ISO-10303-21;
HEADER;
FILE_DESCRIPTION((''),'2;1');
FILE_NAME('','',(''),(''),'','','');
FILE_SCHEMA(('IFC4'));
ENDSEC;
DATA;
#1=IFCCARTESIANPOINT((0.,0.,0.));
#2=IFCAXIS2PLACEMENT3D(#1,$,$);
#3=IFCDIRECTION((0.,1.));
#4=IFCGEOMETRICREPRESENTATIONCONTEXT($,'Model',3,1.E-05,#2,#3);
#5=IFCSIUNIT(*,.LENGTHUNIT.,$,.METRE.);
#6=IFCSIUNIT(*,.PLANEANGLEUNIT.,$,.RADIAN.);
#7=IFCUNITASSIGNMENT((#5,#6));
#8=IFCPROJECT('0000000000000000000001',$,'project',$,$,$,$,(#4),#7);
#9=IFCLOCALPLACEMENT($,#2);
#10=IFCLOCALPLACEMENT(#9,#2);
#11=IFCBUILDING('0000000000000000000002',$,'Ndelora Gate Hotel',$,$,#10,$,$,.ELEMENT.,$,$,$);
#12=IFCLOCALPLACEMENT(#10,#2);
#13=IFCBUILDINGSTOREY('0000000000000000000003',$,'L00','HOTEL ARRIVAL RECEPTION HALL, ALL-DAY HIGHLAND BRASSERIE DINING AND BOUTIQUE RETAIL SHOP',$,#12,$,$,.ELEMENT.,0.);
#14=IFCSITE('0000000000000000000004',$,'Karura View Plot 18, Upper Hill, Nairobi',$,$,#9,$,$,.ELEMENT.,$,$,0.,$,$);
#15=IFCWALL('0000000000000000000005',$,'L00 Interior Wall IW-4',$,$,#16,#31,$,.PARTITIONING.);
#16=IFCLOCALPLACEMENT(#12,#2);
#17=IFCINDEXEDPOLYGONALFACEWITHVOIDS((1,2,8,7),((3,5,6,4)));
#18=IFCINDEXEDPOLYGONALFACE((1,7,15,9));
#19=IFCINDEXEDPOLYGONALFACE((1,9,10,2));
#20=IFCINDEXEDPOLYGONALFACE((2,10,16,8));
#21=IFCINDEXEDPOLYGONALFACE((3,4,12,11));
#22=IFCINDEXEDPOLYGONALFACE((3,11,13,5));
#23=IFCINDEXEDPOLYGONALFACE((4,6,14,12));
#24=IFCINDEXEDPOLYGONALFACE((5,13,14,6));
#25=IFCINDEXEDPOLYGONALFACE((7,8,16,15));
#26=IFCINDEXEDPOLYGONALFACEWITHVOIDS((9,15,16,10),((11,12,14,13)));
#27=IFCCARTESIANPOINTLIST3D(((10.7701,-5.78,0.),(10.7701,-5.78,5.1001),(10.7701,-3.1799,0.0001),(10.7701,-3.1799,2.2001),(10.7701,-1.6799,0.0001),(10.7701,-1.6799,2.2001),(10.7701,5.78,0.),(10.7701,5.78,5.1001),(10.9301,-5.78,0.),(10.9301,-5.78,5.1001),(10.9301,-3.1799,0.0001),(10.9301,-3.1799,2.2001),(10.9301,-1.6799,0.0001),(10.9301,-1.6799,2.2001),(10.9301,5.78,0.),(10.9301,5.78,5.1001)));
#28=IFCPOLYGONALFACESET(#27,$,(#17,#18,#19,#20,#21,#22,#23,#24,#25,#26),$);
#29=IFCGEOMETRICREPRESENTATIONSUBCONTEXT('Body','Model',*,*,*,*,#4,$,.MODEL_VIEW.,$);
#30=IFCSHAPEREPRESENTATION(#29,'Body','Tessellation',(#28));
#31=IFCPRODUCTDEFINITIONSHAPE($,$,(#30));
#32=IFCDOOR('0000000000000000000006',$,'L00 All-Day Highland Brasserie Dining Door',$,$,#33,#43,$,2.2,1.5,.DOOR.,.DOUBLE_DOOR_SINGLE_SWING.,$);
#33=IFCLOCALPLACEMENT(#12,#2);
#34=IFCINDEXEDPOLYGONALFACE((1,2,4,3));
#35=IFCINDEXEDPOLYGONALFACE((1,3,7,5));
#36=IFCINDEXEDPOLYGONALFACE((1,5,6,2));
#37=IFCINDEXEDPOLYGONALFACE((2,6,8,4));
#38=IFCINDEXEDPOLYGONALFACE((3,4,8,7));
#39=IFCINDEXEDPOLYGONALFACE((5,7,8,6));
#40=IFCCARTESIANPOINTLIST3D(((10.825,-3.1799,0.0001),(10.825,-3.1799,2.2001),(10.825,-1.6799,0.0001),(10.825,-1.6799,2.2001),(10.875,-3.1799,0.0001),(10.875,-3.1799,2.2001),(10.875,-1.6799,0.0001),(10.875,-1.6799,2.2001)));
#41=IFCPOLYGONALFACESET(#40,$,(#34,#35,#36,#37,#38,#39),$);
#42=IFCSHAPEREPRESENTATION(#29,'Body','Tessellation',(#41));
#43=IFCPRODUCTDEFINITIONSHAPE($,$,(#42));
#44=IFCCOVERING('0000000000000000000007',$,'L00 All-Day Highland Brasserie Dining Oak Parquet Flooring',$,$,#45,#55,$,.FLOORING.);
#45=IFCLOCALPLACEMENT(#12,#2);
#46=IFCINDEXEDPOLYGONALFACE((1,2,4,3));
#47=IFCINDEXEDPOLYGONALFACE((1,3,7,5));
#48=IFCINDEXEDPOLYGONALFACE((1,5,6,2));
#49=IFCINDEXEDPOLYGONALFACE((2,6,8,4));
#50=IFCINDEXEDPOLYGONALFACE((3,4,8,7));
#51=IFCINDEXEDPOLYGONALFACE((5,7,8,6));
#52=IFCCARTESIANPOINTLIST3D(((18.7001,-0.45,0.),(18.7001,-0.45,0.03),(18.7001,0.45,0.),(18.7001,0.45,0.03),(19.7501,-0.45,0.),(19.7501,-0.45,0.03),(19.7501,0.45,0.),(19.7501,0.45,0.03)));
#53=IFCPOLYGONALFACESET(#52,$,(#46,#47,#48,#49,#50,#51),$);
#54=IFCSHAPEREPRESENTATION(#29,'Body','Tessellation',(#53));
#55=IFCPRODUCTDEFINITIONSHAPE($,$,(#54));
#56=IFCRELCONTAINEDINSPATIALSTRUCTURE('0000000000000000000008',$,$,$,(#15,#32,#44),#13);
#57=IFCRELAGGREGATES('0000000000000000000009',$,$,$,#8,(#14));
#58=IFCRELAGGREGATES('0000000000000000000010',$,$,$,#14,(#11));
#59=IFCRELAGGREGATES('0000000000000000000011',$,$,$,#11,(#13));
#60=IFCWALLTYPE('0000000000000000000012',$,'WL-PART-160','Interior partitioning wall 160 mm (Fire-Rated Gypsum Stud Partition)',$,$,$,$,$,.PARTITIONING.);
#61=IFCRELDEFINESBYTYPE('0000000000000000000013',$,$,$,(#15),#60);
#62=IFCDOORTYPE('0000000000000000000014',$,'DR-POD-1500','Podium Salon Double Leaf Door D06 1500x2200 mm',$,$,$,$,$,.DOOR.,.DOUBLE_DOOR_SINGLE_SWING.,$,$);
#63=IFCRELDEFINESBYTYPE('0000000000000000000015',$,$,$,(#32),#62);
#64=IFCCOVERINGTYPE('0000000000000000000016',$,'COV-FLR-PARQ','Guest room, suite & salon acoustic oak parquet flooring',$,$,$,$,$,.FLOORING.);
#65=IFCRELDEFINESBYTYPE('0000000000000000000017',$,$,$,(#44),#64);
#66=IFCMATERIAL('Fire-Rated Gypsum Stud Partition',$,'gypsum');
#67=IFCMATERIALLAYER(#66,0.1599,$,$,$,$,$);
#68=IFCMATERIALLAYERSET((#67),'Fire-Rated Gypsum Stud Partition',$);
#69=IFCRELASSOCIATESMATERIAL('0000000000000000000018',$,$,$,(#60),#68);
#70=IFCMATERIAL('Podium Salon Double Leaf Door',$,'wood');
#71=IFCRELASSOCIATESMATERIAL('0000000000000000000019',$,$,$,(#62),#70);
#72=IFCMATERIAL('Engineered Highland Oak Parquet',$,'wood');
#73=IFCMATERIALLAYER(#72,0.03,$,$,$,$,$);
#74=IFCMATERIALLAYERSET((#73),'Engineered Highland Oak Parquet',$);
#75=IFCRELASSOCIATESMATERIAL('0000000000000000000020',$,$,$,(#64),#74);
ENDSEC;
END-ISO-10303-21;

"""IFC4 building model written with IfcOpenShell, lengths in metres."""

from ifc_helpers import new_model, si_unit, direction, frame, frame_2d, origin, origin_2d, place, context, subcontext, project, spatial, rectangle, extrude, material, layer, layer_set, type_object, element, fill, save


model = new_model("IFC4")

# Units and contexts
model_context = context("Model", 3, precision=1e-05, world=origin(), true_north=direction((0.0, 1.0)))
body_context = subcontext(model_context, "Body", "Model", "MODEL_VIEW")
ifc_project = project(units=[si_unit("LENGTHUNIT", "METRE"), si_unit("PLANEANGLEUNIT", "RADIAN")], contexts=[model_context])

# Site, building, storey
site_placement = place(None, origin())
site = spatial("IfcSite", under=ifc_project, at=site_placement, Name="Karura View Plot 18, Upper Hill, Nairobi", CompositionType="ELEMENT", RefElevation=0.0)
building_placement = place(site_placement, origin())
building = spatial("IfcBuilding", under=site, at=building_placement, Name="Ndelora Gate Hotel", CompositionType="ELEMENT")
storey_placement = place(building_placement, origin())
storey = spatial("IfcBuildingStorey", under=building, at=storey_placement, Name="L00", Description="HOTEL ARRIVAL RECEPTION HALL, ALL-DAY HIGHLAND BRASSERIE DINING AND BOUTIQUE RETAIL SHOP", CompositionType="ELEMENT", Elevation=0.0)

# Wall, opening, door
ifc_material_1 = material(Name="Fire-Rated Gypsum Stud Partition", Category="gypsum")
ifc_layer_1 = layer(ifc_material_1, 0.1599)
ifc_layer_set_1 = layer_set([ifc_layer_1], Name="Fire-Rated Gypsum Stud Partition")
wall_type_1 = type_object("IfcWallType", Name="WL-PART-160", Description="Interior partitioning wall 160 mm (Fire-Rated Gypsum Stud Partition)", PredefinedType="PARTITIONING", material=ifc_layer_set_1)
wall_1_placement = place(storey_placement, frame((10.8501, 5.78, 0.0), z_axis=(0.0, 0.0, 1.0), x_axis=(0.0, -1.0, 0.0)))
wall_1 = element("IfcWall", 1, at=wall_1_placement, inside=storey, type_object=wall_type_1, Name="L00 Interior Wall IW-4", PredefinedType="PARTITIONING", context=body_context, shape_type="SweptSolid", body=[
    extrude(rectangle(XDim=11.5601, YDim=0.1599, at=frame_2d((5.78, 0.0))), origin(), (0.0, 0.0, 1.0), 5.1001),
])
opening_1_placement = place(wall_1_placement, frame((7.46, 0.0, 0.0)))
opening_1 = element("IfcOpeningElement", 2, at=opening_1_placement, cuts=wall_1, PredefinedType="OPENING", context=body_context, shape_type="SweptSolid", body=[
    extrude(rectangle(XDim=1.5, YDim=2.2, at=frame_2d((0.75, 1.1001))), frame((0.0, 0.0898, 0.0), z_axis=(0.0, -1.0, 0.0), x_axis=(1.0, 0.0, 0.0)), (0.0, 0.0, 1.0), 0.1799),
])
ifc_material_2 = material(Name="Podium Salon Double Leaf Door", Category="wood")
door_type_1 = type_object("IfcDoorType", Name="DR-POD-1500", Description="Podium Salon Double Leaf Door D06 1500x2200 mm", OperationType="DOUBLE_DOOR_SINGLE_SWING", PredefinedType="DOOR", material=ifc_material_2)
door_1_placement = place(opening_1_placement, origin())
door_1 = element("IfcDoor", 3, at=door_1_placement, inside=storey, type_object=door_type_1, Name="L00 All-Day Highland Brasserie Dining Door", OperationType="DOUBLE_DOOR_SINGLE_SWING", OverallHeight=2.2, OverallWidth=1.5, PredefinedType="DOOR", context=body_context, shape_type="SweptSolid", body=[
    extrude(rectangle(XDim=1.5, YDim=2.2, at=frame_2d((0.75, 1.1001))), frame((0.0, 0.0249, 0.0), z_axis=(0.0, -1.0, 0.0), x_axis=(1.0, 0.0, 0.0)), (0.0, 0.0, 1.0), 0.05),
])
fill(opening_1, door_1)

# Covering
ifc_material_3 = material(Name="Engineered Highland Oak Parquet", Category="wood")
ifc_layer_2 = layer(ifc_material_3, 0.03)
ifc_layer_set_2 = layer_set([ifc_layer_2], Name="Engineered Highland Oak Parquet")
covering_type = type_object("IfcCoveringType", Name="COV-FLR-PARQ", Description="Guest room, suite & salon acoustic oak parquet flooring", PredefinedType="FLOORING", material=ifc_layer_set_2)
covering_placement = place(storey_placement, frame((19.2251, 0.0, 0.0), z_axis=(0.0, 0.0, 1.0), x_axis=(1.0, 0.0, 0.0)))
element("IfcCovering", 4, at=covering_placement, inside=storey, type_object=covering_type, Name="L00 All-Day Highland Brasserie Dining Oak Parquet Flooring", PredefinedType="FLOORING", context=body_context, shape_type="SweptSolid", body=[
    extrude(rectangle(XDim=1.05, YDim=0.8999, at=origin_2d()), origin(), (0.0, 0.0, 1.0), 0.03),
])

save(model, "model.ifc")
